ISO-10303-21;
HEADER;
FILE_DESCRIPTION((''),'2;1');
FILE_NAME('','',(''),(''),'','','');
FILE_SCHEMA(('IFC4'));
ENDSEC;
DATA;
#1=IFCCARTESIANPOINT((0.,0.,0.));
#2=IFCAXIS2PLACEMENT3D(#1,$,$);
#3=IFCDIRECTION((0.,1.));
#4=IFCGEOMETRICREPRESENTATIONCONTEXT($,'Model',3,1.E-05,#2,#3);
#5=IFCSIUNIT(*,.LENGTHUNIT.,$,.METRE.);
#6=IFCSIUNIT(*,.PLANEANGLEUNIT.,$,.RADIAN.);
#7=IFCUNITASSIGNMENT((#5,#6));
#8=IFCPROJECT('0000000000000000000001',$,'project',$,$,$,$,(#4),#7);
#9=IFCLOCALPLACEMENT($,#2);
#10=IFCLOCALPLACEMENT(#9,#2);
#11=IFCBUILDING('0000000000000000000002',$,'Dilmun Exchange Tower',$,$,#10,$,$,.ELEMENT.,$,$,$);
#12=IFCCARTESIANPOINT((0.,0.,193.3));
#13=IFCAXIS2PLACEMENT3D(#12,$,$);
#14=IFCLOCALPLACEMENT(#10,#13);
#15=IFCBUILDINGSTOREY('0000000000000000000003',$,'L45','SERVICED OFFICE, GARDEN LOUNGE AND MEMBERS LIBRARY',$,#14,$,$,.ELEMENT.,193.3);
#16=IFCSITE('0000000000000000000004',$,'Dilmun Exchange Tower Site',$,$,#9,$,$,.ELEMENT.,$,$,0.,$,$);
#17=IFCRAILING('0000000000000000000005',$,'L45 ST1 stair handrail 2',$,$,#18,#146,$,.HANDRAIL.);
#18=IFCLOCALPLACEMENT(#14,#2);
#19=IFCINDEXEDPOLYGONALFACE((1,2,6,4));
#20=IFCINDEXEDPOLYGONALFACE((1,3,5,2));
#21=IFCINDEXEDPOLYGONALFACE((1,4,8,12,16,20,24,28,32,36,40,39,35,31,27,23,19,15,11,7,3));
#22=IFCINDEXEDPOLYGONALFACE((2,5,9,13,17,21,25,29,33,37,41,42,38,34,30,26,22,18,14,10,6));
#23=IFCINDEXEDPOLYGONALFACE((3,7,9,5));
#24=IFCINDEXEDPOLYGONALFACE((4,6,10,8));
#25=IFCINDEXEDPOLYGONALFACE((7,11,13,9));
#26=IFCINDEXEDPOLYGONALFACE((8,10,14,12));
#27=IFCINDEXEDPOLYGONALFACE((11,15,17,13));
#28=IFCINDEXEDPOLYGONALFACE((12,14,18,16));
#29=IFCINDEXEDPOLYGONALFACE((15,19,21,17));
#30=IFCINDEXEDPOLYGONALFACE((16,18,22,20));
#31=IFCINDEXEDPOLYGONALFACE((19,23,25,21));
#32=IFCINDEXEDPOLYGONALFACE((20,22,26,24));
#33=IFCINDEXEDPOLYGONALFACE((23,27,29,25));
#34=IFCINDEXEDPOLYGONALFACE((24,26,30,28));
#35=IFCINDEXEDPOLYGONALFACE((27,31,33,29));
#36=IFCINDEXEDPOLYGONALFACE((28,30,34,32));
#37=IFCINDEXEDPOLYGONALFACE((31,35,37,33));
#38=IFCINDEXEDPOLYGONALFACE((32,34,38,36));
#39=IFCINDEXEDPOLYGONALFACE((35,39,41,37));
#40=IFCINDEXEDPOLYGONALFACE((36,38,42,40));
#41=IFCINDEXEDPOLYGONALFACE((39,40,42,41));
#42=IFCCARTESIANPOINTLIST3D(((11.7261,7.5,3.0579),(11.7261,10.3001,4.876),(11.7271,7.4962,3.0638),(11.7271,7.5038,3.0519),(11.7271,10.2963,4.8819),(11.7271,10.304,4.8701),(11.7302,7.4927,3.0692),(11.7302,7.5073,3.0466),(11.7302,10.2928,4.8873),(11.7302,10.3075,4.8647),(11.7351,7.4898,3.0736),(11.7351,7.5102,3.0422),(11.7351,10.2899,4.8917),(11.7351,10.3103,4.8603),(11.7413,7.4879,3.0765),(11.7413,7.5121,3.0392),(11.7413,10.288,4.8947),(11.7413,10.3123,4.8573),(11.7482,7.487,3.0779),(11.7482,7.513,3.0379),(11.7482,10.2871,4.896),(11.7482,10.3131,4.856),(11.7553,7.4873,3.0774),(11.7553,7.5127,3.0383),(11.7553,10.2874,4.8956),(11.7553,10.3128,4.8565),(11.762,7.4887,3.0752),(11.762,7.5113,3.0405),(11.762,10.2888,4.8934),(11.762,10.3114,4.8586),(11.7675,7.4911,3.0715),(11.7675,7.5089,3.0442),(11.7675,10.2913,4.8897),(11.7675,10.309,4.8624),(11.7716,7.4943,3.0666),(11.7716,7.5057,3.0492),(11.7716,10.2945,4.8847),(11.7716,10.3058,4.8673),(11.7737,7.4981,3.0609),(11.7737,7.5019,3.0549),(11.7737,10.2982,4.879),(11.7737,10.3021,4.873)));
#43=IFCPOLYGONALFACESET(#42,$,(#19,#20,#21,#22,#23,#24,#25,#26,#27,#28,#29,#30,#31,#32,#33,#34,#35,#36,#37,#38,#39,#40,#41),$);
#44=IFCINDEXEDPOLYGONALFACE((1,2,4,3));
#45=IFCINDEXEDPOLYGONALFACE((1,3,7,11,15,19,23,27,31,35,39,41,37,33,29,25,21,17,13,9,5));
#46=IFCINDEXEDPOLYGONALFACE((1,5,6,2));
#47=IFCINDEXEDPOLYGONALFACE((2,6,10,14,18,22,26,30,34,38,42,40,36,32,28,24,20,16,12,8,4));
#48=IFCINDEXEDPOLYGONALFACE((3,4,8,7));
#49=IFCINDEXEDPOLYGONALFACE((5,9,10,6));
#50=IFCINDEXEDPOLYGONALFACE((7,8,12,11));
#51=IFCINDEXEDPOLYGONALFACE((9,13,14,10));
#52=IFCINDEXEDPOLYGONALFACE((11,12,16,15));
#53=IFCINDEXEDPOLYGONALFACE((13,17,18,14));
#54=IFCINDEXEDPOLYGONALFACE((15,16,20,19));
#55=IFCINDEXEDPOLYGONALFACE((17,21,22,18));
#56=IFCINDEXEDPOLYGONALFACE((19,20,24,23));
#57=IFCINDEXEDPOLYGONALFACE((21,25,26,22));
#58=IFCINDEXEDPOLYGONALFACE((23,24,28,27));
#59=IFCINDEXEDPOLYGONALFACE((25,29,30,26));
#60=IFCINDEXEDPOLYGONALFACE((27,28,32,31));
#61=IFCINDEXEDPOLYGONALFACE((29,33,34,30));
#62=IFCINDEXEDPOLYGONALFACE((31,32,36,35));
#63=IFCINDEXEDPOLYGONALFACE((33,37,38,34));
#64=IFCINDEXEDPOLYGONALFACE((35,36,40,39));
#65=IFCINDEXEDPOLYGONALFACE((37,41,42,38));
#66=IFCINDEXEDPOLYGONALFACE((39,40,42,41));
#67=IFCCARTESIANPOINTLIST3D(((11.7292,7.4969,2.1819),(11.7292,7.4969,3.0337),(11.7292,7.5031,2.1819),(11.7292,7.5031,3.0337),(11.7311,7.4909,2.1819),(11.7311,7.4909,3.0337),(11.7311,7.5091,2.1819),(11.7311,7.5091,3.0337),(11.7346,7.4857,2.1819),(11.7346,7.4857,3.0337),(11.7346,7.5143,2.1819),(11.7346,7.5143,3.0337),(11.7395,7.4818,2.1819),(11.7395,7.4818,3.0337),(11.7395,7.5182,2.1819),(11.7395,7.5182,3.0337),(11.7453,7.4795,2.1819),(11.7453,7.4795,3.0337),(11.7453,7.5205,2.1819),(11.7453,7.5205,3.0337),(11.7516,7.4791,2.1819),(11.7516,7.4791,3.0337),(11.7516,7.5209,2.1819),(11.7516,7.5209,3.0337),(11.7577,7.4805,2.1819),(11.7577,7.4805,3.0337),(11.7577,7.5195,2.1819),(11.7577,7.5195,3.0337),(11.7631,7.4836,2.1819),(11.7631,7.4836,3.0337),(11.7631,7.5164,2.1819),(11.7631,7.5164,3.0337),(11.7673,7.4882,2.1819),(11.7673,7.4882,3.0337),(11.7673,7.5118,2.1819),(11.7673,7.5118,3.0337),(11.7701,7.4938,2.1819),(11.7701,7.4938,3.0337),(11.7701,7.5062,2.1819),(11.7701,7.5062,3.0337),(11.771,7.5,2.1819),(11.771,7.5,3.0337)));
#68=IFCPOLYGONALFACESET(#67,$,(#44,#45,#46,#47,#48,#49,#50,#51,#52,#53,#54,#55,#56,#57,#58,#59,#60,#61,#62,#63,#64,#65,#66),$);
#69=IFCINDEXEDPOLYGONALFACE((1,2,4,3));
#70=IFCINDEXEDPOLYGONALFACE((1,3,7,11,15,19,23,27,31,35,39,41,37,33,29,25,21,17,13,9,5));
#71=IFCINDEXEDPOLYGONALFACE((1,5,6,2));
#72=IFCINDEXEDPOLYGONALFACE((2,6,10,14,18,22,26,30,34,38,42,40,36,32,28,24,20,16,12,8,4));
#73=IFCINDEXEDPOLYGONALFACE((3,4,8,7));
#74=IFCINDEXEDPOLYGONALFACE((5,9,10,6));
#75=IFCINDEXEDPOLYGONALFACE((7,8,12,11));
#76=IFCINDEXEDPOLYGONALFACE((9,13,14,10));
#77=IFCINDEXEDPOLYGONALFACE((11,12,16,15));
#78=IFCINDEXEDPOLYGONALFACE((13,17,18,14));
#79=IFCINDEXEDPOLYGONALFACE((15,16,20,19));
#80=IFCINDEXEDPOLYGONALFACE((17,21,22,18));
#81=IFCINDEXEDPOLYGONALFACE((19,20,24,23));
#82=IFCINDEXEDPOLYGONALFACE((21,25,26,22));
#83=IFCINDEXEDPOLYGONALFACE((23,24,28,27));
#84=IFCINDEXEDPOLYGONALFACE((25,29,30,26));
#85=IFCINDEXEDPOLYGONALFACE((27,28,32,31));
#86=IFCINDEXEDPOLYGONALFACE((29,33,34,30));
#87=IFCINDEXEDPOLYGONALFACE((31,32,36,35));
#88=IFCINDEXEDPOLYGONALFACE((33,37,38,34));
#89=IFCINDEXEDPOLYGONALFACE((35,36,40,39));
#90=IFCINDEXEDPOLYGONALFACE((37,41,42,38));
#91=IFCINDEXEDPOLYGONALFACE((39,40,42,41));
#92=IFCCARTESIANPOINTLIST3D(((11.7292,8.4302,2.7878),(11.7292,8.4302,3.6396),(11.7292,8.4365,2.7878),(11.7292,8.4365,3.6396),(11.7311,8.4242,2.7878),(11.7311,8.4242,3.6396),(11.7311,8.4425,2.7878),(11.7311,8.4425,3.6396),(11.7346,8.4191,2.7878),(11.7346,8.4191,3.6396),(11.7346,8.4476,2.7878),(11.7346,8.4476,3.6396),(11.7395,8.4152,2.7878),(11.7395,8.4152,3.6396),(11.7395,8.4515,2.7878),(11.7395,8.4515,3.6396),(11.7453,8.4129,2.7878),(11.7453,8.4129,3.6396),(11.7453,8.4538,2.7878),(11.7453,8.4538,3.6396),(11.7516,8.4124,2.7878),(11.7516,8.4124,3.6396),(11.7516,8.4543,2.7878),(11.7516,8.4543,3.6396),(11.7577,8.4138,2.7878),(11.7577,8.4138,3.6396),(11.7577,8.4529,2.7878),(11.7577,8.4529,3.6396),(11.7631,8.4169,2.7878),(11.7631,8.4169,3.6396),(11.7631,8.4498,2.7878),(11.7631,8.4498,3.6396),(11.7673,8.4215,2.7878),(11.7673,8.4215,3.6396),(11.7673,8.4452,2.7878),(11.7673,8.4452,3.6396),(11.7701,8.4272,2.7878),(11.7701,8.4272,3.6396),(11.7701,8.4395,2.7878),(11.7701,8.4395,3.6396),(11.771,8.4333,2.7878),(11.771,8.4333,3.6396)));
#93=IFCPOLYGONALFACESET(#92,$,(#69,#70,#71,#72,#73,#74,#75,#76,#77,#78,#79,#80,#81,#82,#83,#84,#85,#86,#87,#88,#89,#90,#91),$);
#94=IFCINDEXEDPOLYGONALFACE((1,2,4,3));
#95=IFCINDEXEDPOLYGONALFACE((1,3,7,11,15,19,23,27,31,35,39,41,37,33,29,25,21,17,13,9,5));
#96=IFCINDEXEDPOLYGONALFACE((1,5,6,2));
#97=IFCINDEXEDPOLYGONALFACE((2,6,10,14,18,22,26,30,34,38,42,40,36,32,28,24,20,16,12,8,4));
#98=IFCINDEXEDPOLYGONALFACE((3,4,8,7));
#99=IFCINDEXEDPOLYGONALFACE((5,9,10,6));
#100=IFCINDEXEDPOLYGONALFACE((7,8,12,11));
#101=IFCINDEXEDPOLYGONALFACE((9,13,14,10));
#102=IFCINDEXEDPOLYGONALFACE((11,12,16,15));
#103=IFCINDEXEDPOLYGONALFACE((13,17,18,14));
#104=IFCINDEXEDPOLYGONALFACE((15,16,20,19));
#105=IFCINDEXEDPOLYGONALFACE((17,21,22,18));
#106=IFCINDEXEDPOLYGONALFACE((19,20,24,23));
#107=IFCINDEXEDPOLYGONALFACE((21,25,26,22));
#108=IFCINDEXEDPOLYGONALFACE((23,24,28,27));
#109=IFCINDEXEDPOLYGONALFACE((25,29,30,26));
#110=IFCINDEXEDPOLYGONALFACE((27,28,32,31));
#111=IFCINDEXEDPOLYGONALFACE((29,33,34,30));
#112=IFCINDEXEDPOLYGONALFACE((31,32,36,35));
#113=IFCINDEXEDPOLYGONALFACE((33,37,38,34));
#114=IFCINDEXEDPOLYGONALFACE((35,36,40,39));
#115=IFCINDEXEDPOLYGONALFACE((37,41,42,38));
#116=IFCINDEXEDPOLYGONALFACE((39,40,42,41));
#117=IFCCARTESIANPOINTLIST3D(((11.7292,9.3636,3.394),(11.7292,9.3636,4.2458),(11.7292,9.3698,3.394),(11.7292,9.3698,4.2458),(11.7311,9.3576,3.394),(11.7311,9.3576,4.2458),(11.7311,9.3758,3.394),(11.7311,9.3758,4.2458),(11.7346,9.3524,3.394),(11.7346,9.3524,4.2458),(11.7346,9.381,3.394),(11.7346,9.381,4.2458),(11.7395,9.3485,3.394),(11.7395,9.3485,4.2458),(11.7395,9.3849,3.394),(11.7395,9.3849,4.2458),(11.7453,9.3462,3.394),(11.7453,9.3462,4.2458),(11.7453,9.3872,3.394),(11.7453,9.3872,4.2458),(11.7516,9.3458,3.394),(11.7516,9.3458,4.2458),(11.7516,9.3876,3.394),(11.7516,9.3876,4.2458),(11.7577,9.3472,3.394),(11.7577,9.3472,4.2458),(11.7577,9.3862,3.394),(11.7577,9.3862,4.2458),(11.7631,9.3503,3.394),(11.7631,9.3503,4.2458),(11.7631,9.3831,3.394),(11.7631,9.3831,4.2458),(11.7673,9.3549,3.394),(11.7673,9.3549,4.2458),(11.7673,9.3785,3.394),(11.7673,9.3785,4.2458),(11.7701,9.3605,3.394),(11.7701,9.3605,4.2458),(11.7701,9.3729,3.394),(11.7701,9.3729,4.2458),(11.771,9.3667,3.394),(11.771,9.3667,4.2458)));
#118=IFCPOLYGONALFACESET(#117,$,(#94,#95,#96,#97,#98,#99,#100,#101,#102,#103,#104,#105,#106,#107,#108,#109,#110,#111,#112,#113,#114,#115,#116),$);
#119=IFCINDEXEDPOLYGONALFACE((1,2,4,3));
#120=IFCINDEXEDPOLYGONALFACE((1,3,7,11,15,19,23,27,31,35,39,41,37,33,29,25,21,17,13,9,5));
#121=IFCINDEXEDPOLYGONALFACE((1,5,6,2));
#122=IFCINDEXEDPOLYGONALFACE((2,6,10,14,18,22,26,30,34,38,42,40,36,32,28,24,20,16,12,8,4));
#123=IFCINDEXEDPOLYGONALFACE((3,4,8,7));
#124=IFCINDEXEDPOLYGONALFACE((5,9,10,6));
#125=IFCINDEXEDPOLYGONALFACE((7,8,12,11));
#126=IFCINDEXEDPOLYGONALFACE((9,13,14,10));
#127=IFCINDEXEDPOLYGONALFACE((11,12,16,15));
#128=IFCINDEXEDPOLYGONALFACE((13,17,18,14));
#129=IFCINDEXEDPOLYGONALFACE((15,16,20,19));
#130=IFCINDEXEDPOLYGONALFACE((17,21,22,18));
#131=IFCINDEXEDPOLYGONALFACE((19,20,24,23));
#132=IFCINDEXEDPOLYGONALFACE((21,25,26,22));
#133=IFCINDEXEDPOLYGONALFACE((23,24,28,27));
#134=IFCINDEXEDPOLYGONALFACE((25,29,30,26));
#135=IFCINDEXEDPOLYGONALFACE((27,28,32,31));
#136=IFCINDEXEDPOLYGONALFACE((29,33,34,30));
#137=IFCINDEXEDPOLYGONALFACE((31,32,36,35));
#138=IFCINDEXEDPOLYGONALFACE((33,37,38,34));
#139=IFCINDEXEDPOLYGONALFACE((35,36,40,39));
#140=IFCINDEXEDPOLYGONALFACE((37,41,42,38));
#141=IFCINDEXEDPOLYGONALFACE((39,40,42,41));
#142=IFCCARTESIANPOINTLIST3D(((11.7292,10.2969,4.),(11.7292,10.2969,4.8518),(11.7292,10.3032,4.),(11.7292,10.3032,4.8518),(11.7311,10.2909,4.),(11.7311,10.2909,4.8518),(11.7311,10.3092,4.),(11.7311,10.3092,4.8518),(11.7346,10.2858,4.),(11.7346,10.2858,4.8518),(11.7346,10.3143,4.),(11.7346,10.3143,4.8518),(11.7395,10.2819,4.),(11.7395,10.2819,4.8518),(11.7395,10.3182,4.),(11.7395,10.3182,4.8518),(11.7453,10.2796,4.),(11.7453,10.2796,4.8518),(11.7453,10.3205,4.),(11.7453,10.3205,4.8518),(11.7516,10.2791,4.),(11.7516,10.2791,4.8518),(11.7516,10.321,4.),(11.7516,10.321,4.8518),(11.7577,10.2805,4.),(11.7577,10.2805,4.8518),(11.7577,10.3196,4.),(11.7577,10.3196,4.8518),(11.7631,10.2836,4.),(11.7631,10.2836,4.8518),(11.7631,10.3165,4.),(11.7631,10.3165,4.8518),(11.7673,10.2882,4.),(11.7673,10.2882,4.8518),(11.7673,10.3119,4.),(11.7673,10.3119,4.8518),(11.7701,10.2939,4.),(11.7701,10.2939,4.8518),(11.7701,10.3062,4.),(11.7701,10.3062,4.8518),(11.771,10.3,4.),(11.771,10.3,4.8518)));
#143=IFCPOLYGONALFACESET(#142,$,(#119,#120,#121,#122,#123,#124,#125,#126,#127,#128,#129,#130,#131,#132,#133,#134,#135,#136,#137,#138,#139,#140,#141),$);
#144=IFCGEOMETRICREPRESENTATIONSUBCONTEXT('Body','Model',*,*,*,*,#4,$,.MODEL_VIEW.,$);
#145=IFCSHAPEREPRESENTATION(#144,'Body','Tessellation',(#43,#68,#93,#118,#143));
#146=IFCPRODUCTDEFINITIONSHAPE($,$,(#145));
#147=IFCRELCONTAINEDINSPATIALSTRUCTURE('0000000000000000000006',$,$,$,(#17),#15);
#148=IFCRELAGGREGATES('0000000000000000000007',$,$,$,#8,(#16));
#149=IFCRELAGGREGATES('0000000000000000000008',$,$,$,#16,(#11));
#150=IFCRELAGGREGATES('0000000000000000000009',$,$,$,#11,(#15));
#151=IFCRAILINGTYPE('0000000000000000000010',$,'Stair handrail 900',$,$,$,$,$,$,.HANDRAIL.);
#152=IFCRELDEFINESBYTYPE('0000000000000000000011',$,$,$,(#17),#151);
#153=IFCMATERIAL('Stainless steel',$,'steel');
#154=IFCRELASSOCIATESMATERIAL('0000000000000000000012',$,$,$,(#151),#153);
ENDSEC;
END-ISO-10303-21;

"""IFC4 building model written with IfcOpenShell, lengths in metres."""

from ifc_helpers import new_model, si_unit, direction, frame, origin, origin_2d, place, context, subcontext, project, spatial, circle, extrude, material, type_object, element, save


model = new_model("IFC4")

# Units and contexts
model_context = context("Model", 3, precision=1e-05, world=origin(), true_north=direction((0.0, 1.0)))
body_context = subcontext(model_context, "Body", "Model", "MODEL_VIEW")
ifc_project = project(units=[si_unit("LENGTHUNIT", "METRE"), si_unit("PLANEANGLEUNIT", "RADIAN")], contexts=[model_context])

# Site, building, storey
site_placement = place(None, origin())
site = spatial("IfcSite", under=ifc_project, at=site_placement, Name="Dilmun Exchange Tower Site", CompositionType="ELEMENT", RefElevation=0.0)
building_placement = place(site_placement, origin())
building = spatial("IfcBuilding", under=site, at=building_placement, Name="Dilmun Exchange Tower", CompositionType="ELEMENT")
storey_placement = place(building_placement, frame((0.0, 0.0, 193.3)))
storey = spatial("IfcBuildingStorey", under=building, at=storey_placement, Name="L45", Description="SERVICED OFFICE, GARDEN LOUNGE AND MEMBERS LIBRARY", CompositionType="ELEMENT", Elevation=193.3)

# Railing
ifc_material_1 = material(Name="Stainless steel", Category="steel")
railing_type = type_object("IfcRailingType", Name="Stair handrail 900", PredefinedType="HANDRAIL", material=ifc_material_1)
railing_placement = place(storey_placement, frame((11.75, 7.5, 2.1819)))
element("IfcRailing", 1, at=railing_placement, inside=storey, type_object=railing_type, Name="L45 ST1 stair handrail 2", PredefinedType="HANDRAIL", context=body_context, shape_type="SweptSolid", body=[
    extrude(circle(Radius=0.0239, at=origin_2d()), frame((0.0, 0.0, 0.876), z_axis=(0.0, 0.838706, 0.544585), x_axis=(-1.0, 0.0, 0.0)), (0.0, 0.0, 1.0), 3.3386),
    extrude(circle(Radius=0.021, at=origin_2d()), origin(), (0.0, 0.0, 1.0), 0.8518),
    extrude(circle(Radius=0.021, at=origin_2d()), frame((0.0, 0.9333, 0.606)), (0.0, 0.0, 1.0), 0.8518),
    extrude(circle(Radius=0.021, at=origin_2d()), frame((0.0, 1.8667, 1.2122)), (0.0, 0.0, 1.0), 0.8518),
    extrude(circle(Radius=0.021, at=origin_2d()), frame((0.0, 2.8, 1.8181)), (0.0, 0.0, 1.0), 0.8518),
])

save(model, "model.ifc")
